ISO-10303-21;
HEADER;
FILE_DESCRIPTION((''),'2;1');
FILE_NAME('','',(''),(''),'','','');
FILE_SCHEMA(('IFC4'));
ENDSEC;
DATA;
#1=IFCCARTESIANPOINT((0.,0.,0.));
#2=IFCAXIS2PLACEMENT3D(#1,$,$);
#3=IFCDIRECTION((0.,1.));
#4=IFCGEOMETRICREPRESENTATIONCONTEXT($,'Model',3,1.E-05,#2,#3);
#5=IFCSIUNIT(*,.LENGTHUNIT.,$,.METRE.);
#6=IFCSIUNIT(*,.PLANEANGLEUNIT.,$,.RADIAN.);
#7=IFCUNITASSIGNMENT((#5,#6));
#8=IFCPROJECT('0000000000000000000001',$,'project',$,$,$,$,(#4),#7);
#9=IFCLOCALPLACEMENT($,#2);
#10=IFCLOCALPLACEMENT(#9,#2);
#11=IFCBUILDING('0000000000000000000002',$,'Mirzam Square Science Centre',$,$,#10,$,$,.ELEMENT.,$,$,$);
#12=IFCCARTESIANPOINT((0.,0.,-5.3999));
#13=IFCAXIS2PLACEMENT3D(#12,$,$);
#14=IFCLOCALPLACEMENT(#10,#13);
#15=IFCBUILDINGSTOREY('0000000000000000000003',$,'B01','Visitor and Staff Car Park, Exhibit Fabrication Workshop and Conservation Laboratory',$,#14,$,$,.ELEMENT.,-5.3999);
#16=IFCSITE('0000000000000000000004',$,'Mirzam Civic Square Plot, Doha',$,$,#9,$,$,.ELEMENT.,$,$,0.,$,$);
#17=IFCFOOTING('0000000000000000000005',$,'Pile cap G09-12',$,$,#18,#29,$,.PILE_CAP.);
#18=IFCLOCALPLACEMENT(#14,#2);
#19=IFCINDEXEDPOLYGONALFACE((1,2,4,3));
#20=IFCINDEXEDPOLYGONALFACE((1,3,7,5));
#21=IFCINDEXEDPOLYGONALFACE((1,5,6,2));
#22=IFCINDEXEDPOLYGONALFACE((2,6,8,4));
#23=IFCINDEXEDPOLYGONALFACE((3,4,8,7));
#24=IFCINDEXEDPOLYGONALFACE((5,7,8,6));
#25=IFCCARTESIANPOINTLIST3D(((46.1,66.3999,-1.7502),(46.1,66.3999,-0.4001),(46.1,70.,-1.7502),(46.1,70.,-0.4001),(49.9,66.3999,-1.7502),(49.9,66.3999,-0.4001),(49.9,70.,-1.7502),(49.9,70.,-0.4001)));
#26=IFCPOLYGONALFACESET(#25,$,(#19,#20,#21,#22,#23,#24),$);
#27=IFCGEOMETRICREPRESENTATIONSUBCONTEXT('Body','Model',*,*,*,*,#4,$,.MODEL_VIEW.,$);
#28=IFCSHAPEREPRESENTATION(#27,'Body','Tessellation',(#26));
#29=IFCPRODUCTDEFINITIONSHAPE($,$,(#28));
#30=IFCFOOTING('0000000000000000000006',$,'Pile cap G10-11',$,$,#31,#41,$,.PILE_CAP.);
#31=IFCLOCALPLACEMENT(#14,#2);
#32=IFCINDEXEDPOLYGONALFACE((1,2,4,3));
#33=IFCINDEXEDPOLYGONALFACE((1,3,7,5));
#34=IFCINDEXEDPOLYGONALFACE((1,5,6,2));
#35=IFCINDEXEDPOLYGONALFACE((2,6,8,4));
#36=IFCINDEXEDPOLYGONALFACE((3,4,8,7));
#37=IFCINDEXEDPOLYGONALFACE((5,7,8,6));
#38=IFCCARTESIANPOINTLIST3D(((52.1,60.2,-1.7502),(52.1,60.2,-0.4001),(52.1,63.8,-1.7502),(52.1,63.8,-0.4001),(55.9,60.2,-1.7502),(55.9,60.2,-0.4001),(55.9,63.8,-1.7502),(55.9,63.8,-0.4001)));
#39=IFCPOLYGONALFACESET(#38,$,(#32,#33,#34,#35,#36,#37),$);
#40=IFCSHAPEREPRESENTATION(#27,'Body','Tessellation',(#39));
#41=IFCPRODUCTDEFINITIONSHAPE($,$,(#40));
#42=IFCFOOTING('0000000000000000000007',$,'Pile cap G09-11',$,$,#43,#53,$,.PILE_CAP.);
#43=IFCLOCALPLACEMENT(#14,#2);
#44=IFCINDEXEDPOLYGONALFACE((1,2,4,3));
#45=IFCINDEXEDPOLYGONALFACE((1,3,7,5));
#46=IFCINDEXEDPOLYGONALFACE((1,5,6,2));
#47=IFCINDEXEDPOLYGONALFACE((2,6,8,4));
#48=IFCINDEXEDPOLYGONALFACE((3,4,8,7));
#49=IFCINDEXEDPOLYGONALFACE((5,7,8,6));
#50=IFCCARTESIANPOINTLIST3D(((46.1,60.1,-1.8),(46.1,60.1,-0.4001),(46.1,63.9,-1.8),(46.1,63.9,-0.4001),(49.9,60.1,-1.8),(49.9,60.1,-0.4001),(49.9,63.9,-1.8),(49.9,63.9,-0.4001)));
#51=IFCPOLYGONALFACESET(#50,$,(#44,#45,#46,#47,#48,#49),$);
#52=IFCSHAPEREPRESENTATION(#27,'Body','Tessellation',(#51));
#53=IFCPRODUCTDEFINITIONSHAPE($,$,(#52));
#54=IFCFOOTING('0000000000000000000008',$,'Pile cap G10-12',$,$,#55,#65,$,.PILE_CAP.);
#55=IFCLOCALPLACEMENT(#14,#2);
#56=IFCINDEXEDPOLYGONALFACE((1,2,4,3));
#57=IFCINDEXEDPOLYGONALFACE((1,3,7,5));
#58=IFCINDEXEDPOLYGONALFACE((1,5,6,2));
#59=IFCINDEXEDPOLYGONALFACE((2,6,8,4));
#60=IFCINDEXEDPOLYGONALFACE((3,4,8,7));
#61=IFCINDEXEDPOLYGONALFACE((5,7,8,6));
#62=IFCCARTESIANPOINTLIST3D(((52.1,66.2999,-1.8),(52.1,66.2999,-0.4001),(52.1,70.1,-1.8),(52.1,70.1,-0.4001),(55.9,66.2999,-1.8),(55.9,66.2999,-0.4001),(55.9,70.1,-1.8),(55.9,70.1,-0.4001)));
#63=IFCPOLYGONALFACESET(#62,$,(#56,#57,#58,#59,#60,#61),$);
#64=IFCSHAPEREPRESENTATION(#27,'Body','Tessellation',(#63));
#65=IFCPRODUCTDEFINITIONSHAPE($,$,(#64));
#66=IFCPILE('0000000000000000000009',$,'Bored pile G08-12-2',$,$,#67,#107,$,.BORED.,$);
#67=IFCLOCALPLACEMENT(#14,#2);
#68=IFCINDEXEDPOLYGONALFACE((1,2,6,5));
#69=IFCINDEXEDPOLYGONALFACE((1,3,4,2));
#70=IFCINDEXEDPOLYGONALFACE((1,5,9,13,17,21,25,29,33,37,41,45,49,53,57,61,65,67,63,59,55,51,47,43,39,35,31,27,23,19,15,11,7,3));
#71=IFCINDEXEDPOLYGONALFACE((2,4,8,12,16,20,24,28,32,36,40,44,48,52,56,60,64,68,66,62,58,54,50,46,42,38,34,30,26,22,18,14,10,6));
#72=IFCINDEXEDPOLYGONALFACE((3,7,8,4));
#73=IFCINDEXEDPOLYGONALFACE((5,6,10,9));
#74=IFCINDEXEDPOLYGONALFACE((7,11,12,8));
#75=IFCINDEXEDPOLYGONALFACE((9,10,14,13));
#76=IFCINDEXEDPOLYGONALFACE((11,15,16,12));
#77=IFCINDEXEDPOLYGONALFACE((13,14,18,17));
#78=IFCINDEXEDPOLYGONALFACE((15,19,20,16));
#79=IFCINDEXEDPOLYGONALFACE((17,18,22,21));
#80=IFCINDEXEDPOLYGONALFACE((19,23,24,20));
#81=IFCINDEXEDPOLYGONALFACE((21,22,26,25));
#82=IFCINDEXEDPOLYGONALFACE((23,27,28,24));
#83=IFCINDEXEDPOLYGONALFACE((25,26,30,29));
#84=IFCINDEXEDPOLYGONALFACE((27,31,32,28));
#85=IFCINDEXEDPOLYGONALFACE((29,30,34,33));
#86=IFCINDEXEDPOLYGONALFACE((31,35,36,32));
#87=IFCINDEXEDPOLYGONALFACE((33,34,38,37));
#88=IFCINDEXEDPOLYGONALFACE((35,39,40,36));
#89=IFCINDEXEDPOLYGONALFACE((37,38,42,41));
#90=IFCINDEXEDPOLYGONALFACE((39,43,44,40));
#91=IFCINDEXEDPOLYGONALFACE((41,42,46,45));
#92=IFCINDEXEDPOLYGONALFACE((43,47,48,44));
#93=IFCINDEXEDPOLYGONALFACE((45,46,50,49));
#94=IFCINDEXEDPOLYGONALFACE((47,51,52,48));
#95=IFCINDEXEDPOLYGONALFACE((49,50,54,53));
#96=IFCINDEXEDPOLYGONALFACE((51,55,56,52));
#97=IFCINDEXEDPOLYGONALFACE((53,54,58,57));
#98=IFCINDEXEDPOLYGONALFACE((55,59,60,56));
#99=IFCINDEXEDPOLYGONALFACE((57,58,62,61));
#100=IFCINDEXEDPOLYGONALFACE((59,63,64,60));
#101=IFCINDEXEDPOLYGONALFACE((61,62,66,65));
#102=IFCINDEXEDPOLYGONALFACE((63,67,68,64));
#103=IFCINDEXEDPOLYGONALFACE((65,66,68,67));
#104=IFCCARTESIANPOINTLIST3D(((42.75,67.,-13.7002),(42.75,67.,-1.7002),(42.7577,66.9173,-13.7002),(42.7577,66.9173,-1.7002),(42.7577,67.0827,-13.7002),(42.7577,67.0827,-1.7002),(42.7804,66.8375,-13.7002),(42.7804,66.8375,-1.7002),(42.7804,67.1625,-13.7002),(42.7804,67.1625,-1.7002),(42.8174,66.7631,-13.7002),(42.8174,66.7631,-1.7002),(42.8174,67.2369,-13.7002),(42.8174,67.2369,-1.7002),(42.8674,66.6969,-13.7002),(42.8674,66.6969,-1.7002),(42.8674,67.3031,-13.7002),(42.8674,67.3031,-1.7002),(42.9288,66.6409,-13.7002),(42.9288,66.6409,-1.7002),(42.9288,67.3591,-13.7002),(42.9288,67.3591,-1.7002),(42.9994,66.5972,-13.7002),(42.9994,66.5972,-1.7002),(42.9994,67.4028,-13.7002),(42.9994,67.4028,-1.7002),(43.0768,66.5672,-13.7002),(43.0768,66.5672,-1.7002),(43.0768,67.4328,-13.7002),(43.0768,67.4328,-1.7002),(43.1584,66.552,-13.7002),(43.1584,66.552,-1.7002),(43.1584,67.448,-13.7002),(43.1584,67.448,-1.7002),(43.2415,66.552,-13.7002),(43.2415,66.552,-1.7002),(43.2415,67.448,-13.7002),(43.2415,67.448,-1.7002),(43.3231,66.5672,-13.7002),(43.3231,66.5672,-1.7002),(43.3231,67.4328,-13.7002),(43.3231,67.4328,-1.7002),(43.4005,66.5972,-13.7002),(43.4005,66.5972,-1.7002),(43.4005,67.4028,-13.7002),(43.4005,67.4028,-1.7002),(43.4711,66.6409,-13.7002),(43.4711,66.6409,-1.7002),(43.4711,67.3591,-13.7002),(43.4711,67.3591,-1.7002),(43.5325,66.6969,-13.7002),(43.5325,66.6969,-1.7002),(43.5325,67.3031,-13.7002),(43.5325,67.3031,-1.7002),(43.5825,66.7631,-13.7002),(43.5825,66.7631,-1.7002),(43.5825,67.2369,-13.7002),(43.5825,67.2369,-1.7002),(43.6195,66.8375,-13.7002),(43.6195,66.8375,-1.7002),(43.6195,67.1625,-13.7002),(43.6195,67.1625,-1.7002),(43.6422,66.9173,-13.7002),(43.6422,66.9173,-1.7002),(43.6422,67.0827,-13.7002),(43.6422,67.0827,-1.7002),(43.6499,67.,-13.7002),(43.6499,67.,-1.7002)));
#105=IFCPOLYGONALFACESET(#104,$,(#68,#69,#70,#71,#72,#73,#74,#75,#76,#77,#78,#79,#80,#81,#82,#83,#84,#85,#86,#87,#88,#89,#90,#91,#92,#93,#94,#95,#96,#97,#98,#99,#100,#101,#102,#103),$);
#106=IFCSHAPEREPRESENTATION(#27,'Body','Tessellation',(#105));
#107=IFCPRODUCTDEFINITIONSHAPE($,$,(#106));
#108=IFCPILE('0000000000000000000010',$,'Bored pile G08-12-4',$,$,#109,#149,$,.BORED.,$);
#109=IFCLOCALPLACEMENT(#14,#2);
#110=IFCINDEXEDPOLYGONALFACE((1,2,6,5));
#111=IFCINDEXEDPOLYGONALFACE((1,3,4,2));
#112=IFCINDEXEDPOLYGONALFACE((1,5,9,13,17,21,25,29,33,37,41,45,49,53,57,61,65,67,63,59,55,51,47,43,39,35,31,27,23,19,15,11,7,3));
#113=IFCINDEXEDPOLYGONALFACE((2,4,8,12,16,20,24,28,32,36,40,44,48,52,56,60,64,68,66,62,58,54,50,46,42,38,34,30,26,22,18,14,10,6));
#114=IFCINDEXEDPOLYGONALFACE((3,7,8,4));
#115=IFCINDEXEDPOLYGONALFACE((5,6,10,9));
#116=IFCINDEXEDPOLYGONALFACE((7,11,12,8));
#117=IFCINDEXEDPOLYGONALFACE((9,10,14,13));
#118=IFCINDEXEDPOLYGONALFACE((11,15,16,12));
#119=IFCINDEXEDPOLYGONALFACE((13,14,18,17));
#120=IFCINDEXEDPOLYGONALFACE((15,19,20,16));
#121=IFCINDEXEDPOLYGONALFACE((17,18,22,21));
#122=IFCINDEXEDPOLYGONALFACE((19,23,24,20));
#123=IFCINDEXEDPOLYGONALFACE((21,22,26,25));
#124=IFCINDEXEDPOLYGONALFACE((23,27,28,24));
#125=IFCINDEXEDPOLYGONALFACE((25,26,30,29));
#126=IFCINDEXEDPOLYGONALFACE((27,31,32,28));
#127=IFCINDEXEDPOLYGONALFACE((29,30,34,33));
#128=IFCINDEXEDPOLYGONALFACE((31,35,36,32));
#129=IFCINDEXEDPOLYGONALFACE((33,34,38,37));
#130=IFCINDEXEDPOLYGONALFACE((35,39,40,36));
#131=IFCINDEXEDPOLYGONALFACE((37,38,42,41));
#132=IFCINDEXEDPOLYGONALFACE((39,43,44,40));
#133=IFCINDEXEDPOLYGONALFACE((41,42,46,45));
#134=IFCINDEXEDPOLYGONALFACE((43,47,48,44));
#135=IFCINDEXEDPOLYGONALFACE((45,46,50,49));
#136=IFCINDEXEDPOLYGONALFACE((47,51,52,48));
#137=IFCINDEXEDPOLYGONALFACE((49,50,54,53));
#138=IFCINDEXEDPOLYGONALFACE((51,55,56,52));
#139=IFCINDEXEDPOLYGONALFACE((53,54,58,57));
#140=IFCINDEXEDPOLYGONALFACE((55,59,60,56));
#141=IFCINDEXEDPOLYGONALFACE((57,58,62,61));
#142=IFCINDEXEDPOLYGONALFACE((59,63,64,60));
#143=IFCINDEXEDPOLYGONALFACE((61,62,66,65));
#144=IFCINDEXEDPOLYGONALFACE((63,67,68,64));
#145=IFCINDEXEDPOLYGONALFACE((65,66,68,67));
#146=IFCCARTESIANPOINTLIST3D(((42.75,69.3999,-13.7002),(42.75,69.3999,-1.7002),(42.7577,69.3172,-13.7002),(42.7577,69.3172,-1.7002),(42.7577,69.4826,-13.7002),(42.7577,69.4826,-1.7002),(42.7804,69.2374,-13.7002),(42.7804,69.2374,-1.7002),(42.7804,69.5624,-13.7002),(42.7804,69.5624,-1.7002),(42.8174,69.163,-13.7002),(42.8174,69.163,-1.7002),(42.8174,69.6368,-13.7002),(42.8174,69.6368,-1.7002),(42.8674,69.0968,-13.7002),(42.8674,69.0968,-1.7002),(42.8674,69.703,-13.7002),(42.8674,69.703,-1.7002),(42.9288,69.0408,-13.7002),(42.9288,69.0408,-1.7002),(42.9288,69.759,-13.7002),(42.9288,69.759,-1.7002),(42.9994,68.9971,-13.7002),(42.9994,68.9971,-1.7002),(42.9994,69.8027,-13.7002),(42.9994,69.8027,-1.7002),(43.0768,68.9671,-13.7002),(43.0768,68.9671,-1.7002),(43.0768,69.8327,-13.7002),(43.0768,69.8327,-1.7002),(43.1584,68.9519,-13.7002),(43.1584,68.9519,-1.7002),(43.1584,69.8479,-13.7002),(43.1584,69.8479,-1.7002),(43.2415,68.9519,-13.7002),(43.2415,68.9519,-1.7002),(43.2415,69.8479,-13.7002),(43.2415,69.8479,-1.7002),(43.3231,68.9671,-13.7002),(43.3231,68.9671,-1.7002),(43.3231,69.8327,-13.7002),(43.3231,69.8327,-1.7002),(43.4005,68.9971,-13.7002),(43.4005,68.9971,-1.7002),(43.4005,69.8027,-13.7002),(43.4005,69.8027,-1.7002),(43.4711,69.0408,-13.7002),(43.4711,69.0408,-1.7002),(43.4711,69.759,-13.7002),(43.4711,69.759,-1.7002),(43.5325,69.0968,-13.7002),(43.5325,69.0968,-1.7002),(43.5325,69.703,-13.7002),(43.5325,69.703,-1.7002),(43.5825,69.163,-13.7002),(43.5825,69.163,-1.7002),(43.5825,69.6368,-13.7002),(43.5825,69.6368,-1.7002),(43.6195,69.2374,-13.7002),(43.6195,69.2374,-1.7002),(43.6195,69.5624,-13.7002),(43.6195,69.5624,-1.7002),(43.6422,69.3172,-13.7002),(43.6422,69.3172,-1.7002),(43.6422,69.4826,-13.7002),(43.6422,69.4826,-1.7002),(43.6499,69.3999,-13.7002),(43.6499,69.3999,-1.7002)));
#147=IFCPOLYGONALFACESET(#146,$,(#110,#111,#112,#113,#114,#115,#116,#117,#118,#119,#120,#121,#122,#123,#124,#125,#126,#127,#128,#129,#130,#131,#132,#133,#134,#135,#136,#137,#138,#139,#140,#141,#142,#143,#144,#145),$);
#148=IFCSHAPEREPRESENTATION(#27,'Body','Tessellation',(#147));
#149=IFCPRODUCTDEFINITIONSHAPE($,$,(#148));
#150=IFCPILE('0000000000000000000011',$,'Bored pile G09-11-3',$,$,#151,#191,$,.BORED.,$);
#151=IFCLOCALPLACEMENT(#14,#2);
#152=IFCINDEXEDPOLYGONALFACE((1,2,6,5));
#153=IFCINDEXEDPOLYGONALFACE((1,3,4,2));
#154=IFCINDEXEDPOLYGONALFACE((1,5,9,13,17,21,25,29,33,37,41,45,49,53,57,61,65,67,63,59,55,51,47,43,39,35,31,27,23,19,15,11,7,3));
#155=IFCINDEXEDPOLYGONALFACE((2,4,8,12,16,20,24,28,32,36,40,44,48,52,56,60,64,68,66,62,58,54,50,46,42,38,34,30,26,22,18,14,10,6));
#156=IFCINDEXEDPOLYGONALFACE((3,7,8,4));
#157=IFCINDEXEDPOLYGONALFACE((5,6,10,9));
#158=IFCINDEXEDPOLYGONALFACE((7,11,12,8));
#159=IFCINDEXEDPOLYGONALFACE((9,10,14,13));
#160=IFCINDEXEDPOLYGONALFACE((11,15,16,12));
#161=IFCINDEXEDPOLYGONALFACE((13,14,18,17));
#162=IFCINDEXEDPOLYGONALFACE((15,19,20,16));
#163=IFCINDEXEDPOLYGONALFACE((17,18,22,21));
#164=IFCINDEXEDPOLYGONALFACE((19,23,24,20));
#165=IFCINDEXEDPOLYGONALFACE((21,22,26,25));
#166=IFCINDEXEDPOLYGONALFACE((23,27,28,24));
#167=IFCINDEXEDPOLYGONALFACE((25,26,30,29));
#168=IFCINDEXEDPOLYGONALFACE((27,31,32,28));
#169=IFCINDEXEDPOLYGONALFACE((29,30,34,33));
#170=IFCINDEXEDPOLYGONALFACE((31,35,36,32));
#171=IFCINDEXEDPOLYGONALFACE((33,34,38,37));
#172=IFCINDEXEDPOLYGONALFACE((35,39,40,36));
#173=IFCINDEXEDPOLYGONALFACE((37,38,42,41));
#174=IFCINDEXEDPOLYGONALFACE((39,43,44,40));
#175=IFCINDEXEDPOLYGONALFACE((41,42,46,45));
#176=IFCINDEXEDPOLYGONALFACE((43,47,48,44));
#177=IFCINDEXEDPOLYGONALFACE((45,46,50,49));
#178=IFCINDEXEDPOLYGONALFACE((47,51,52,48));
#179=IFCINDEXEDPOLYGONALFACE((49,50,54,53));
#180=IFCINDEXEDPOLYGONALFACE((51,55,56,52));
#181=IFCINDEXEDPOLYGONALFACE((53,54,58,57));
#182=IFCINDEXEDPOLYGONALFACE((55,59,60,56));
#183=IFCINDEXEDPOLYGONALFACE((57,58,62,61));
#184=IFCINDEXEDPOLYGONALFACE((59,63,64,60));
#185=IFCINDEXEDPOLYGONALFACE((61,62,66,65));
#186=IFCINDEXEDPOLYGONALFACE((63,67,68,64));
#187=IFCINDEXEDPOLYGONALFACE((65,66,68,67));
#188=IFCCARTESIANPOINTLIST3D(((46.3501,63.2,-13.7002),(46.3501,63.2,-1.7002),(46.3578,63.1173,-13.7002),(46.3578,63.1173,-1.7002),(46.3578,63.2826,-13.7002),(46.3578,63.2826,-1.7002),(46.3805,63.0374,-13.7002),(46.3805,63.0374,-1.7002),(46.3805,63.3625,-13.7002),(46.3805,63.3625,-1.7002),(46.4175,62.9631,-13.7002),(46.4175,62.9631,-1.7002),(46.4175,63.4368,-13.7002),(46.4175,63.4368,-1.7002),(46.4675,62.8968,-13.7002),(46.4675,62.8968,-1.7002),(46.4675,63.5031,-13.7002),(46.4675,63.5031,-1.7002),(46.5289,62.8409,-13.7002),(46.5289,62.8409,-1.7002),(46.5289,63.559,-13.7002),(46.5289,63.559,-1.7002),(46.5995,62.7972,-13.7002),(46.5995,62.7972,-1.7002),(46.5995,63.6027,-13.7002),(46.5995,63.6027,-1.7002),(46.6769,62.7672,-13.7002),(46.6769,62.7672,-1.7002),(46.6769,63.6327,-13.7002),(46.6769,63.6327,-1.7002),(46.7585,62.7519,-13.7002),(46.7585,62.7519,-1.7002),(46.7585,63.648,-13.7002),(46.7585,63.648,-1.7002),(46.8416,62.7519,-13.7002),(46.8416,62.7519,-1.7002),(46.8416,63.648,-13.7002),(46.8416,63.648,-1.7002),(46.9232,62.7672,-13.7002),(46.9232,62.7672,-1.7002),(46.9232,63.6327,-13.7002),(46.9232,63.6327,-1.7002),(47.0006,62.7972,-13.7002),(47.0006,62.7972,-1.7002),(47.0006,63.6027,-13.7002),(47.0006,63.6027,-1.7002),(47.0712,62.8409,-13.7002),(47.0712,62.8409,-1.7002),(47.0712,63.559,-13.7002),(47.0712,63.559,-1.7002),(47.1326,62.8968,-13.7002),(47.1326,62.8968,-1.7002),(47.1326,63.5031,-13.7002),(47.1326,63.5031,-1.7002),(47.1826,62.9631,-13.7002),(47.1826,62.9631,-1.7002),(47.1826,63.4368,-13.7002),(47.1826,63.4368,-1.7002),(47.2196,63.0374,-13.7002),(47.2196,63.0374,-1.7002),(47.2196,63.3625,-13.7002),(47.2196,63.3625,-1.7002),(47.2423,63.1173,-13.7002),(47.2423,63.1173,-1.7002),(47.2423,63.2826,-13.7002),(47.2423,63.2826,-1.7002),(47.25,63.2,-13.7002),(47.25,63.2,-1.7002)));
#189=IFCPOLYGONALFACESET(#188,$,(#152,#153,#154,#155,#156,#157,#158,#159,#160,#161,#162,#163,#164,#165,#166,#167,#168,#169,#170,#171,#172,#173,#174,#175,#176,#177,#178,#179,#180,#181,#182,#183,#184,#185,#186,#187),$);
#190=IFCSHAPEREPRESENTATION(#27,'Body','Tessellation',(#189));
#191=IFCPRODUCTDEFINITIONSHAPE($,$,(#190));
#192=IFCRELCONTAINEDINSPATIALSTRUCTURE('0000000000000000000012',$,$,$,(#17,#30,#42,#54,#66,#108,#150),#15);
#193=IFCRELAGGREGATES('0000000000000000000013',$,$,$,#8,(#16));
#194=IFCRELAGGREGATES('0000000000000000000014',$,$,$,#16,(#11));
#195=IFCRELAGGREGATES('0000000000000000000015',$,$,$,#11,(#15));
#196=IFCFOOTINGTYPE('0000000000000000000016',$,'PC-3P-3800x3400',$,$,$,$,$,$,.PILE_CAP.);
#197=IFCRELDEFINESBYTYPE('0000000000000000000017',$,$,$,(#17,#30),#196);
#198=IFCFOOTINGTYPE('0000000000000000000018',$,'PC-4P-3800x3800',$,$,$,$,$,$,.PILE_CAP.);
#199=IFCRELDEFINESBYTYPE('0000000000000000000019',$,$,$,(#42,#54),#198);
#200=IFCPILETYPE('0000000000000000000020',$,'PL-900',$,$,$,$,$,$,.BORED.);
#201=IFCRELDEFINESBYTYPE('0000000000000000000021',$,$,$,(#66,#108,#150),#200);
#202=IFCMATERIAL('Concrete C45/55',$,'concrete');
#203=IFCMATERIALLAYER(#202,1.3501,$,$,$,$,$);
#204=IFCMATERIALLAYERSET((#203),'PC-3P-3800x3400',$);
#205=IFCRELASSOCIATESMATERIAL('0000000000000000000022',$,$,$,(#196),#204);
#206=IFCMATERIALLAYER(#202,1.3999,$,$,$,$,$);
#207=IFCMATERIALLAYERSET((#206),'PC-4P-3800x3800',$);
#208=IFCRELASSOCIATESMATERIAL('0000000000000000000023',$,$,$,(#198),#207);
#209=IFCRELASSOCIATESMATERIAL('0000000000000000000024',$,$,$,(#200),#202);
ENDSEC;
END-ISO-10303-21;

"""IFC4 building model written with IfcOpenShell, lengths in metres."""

from ifc_helpers import new_model, si_unit, direction, frame, origin, origin_2d, place, context, subcontext, project, spatial, rectangle, circle, extrude, material, layer, layer_set, material_profile, profile_set, type_object, element, save


model = new_model("IFC4")

# Units and contexts
model_context = context("Model", 3, precision=1e-05, world=origin(), true_north=direction((0.0, 1.0)))
body_context = subcontext(model_context, "Body", "Model", "MODEL_VIEW")
ifc_project = project(units=[si_unit("LENGTHUNIT", "METRE"), si_unit("PLANEANGLEUNIT", "RADIAN")], contexts=[model_context])

# Site, building, storey
site_placement = place(None, origin())
site = spatial("IfcSite", under=ifc_project, at=site_placement, Name="Mirzam Civic Square Plot, Doha", CompositionType="ELEMENT", RefElevation=0.0)
building_placement = place(site_placement, origin())
building = spatial("IfcBuilding", under=site, at=building_placement, Name="Mirzam Square Science Centre", CompositionType="ELEMENT")
storey_placement = place(building_placement, frame((0.0, 0.0, -5.3999)))
storey = spatial("IfcBuildingStorey", under=building, at=storey_placement, Name="B01", Description="Visitor and Staff Car Park, Exhibit Fabrication Workshop and Conservation Laboratory", CompositionType="ELEMENT", Elevation=-5.3999)

# Footings
ifc_material = material(Name="Concrete C45/55", Category="concrete")
ifc_layer_1 = layer(ifc_material, 1.3501)
ifc_layer_set_1 = layer_set([ifc_layer_1], Name="PC-3P-3800x3400")
footing_type_1 = type_object("IfcFootingType", Name="PC-3P-3800x3400", PredefinedType="PILE_CAP", material=ifc_layer_set_1)
for number, where, z_axis, x_axis, name in (
    (1, (48.0, 68.2, -1.7502), (0.0, 0.0, 1.0), (1.0, 0.0, 0.0), "Pile cap G09-12"),
    (2, (54.0, 62.0, -1.7502), (0.0, 0.0, 1.0), (1.0, 0.0, 0.0), "Pile cap G10-11"),
):
    element("IfcFooting", number, at=place(storey_placement, frame(where, z_axis=z_axis, x_axis=x_axis)), inside=storey, type_object=footing_type_1, Name=name, PredefinedType="PILE_CAP", context=body_context, shape_type="SweptSolid", body=[
        extrude(rectangle(XDim=3.8, YDim=3.6001, at=origin_2d()), origin(), (0.0, 0.0, 1.0), 1.3501),
    ])
ifc_layer_2 = layer(ifc_material, 1.3999)
ifc_layer_set_2 = layer_set([ifc_layer_2], Name="PC-4P-3800x3800")
footing_type_2 = type_object("IfcFootingType", Name="PC-4P-3800x3800", PredefinedType="PILE_CAP", material=ifc_layer_set_2)
for number, where, z_axis, x_axis, name in (
    (3, (48.0, 62.0, -1.8), (0.0, 0.0, 1.0), (1.0, 0.0, 0.0), "Pile cap G09-11"),
    (4, (54.0, 68.2, -1.8), (0.0, 0.0, 1.0), (1.0, 0.0, 0.0), "Pile cap G10-12"),
):
    element("IfcFooting", number, at=place(storey_placement, frame(where, z_axis=z_axis, x_axis=x_axis)), inside=storey, type_object=footing_type_2, Name=name, PredefinedType="PILE_CAP", context=body_context, shape_type="SweptSolid", body=[
        extrude(rectangle(XDim=3.8, YDim=3.8, at=origin_2d()), origin(), (0.0, 0.0, 1.0), 1.3999),
    ])

# Piles
ifc_material_profile_1 = material_profile(ifc_material, circle(Radius=0.45, at=origin_2d()), Name="PILE-D900")
ifc_profile_set_1 = profile_set([ifc_material_profile_1], Name="Concrete C45/55")
pile_type = type_object("IfcPileType", Name="PL-900", PredefinedType="BORED", material=ifc_profile_set_1)
for number, where, z_axis, x_axis, name in (
    (5, (43.2, 67.0, -1.7002), (0.0, 0.0, -1.0), (1.0, 0.0, 0.0), "Bored pile G08-12-2"),
    (6, (43.2, 69.3999, -1.7002), (0.0, 0.0, -1.0), (1.0, 0.0, 0.0), "Bored pile G08-12-4"),
    (7, (46.8, 63.2, -1.7002), (0.0, 0.0, -1.0), (1.0, 0.0, 0.0), "Bored pile G09-11-3"),
):
    element("IfcPile", number, at=place(storey_placement, frame(where, z_axis=z_axis, x_axis=x_axis)), inside=storey, type_object=pile_type, Name=name, PredefinedType="BORED", context=body_context, shape_type="SweptSolid", body=[
        extrude(circle(Radius=0.45, at=origin_2d()), origin(), (0.0, 0.0, 1.0), 12.0),
    ])

save(model, "model.ifc")
